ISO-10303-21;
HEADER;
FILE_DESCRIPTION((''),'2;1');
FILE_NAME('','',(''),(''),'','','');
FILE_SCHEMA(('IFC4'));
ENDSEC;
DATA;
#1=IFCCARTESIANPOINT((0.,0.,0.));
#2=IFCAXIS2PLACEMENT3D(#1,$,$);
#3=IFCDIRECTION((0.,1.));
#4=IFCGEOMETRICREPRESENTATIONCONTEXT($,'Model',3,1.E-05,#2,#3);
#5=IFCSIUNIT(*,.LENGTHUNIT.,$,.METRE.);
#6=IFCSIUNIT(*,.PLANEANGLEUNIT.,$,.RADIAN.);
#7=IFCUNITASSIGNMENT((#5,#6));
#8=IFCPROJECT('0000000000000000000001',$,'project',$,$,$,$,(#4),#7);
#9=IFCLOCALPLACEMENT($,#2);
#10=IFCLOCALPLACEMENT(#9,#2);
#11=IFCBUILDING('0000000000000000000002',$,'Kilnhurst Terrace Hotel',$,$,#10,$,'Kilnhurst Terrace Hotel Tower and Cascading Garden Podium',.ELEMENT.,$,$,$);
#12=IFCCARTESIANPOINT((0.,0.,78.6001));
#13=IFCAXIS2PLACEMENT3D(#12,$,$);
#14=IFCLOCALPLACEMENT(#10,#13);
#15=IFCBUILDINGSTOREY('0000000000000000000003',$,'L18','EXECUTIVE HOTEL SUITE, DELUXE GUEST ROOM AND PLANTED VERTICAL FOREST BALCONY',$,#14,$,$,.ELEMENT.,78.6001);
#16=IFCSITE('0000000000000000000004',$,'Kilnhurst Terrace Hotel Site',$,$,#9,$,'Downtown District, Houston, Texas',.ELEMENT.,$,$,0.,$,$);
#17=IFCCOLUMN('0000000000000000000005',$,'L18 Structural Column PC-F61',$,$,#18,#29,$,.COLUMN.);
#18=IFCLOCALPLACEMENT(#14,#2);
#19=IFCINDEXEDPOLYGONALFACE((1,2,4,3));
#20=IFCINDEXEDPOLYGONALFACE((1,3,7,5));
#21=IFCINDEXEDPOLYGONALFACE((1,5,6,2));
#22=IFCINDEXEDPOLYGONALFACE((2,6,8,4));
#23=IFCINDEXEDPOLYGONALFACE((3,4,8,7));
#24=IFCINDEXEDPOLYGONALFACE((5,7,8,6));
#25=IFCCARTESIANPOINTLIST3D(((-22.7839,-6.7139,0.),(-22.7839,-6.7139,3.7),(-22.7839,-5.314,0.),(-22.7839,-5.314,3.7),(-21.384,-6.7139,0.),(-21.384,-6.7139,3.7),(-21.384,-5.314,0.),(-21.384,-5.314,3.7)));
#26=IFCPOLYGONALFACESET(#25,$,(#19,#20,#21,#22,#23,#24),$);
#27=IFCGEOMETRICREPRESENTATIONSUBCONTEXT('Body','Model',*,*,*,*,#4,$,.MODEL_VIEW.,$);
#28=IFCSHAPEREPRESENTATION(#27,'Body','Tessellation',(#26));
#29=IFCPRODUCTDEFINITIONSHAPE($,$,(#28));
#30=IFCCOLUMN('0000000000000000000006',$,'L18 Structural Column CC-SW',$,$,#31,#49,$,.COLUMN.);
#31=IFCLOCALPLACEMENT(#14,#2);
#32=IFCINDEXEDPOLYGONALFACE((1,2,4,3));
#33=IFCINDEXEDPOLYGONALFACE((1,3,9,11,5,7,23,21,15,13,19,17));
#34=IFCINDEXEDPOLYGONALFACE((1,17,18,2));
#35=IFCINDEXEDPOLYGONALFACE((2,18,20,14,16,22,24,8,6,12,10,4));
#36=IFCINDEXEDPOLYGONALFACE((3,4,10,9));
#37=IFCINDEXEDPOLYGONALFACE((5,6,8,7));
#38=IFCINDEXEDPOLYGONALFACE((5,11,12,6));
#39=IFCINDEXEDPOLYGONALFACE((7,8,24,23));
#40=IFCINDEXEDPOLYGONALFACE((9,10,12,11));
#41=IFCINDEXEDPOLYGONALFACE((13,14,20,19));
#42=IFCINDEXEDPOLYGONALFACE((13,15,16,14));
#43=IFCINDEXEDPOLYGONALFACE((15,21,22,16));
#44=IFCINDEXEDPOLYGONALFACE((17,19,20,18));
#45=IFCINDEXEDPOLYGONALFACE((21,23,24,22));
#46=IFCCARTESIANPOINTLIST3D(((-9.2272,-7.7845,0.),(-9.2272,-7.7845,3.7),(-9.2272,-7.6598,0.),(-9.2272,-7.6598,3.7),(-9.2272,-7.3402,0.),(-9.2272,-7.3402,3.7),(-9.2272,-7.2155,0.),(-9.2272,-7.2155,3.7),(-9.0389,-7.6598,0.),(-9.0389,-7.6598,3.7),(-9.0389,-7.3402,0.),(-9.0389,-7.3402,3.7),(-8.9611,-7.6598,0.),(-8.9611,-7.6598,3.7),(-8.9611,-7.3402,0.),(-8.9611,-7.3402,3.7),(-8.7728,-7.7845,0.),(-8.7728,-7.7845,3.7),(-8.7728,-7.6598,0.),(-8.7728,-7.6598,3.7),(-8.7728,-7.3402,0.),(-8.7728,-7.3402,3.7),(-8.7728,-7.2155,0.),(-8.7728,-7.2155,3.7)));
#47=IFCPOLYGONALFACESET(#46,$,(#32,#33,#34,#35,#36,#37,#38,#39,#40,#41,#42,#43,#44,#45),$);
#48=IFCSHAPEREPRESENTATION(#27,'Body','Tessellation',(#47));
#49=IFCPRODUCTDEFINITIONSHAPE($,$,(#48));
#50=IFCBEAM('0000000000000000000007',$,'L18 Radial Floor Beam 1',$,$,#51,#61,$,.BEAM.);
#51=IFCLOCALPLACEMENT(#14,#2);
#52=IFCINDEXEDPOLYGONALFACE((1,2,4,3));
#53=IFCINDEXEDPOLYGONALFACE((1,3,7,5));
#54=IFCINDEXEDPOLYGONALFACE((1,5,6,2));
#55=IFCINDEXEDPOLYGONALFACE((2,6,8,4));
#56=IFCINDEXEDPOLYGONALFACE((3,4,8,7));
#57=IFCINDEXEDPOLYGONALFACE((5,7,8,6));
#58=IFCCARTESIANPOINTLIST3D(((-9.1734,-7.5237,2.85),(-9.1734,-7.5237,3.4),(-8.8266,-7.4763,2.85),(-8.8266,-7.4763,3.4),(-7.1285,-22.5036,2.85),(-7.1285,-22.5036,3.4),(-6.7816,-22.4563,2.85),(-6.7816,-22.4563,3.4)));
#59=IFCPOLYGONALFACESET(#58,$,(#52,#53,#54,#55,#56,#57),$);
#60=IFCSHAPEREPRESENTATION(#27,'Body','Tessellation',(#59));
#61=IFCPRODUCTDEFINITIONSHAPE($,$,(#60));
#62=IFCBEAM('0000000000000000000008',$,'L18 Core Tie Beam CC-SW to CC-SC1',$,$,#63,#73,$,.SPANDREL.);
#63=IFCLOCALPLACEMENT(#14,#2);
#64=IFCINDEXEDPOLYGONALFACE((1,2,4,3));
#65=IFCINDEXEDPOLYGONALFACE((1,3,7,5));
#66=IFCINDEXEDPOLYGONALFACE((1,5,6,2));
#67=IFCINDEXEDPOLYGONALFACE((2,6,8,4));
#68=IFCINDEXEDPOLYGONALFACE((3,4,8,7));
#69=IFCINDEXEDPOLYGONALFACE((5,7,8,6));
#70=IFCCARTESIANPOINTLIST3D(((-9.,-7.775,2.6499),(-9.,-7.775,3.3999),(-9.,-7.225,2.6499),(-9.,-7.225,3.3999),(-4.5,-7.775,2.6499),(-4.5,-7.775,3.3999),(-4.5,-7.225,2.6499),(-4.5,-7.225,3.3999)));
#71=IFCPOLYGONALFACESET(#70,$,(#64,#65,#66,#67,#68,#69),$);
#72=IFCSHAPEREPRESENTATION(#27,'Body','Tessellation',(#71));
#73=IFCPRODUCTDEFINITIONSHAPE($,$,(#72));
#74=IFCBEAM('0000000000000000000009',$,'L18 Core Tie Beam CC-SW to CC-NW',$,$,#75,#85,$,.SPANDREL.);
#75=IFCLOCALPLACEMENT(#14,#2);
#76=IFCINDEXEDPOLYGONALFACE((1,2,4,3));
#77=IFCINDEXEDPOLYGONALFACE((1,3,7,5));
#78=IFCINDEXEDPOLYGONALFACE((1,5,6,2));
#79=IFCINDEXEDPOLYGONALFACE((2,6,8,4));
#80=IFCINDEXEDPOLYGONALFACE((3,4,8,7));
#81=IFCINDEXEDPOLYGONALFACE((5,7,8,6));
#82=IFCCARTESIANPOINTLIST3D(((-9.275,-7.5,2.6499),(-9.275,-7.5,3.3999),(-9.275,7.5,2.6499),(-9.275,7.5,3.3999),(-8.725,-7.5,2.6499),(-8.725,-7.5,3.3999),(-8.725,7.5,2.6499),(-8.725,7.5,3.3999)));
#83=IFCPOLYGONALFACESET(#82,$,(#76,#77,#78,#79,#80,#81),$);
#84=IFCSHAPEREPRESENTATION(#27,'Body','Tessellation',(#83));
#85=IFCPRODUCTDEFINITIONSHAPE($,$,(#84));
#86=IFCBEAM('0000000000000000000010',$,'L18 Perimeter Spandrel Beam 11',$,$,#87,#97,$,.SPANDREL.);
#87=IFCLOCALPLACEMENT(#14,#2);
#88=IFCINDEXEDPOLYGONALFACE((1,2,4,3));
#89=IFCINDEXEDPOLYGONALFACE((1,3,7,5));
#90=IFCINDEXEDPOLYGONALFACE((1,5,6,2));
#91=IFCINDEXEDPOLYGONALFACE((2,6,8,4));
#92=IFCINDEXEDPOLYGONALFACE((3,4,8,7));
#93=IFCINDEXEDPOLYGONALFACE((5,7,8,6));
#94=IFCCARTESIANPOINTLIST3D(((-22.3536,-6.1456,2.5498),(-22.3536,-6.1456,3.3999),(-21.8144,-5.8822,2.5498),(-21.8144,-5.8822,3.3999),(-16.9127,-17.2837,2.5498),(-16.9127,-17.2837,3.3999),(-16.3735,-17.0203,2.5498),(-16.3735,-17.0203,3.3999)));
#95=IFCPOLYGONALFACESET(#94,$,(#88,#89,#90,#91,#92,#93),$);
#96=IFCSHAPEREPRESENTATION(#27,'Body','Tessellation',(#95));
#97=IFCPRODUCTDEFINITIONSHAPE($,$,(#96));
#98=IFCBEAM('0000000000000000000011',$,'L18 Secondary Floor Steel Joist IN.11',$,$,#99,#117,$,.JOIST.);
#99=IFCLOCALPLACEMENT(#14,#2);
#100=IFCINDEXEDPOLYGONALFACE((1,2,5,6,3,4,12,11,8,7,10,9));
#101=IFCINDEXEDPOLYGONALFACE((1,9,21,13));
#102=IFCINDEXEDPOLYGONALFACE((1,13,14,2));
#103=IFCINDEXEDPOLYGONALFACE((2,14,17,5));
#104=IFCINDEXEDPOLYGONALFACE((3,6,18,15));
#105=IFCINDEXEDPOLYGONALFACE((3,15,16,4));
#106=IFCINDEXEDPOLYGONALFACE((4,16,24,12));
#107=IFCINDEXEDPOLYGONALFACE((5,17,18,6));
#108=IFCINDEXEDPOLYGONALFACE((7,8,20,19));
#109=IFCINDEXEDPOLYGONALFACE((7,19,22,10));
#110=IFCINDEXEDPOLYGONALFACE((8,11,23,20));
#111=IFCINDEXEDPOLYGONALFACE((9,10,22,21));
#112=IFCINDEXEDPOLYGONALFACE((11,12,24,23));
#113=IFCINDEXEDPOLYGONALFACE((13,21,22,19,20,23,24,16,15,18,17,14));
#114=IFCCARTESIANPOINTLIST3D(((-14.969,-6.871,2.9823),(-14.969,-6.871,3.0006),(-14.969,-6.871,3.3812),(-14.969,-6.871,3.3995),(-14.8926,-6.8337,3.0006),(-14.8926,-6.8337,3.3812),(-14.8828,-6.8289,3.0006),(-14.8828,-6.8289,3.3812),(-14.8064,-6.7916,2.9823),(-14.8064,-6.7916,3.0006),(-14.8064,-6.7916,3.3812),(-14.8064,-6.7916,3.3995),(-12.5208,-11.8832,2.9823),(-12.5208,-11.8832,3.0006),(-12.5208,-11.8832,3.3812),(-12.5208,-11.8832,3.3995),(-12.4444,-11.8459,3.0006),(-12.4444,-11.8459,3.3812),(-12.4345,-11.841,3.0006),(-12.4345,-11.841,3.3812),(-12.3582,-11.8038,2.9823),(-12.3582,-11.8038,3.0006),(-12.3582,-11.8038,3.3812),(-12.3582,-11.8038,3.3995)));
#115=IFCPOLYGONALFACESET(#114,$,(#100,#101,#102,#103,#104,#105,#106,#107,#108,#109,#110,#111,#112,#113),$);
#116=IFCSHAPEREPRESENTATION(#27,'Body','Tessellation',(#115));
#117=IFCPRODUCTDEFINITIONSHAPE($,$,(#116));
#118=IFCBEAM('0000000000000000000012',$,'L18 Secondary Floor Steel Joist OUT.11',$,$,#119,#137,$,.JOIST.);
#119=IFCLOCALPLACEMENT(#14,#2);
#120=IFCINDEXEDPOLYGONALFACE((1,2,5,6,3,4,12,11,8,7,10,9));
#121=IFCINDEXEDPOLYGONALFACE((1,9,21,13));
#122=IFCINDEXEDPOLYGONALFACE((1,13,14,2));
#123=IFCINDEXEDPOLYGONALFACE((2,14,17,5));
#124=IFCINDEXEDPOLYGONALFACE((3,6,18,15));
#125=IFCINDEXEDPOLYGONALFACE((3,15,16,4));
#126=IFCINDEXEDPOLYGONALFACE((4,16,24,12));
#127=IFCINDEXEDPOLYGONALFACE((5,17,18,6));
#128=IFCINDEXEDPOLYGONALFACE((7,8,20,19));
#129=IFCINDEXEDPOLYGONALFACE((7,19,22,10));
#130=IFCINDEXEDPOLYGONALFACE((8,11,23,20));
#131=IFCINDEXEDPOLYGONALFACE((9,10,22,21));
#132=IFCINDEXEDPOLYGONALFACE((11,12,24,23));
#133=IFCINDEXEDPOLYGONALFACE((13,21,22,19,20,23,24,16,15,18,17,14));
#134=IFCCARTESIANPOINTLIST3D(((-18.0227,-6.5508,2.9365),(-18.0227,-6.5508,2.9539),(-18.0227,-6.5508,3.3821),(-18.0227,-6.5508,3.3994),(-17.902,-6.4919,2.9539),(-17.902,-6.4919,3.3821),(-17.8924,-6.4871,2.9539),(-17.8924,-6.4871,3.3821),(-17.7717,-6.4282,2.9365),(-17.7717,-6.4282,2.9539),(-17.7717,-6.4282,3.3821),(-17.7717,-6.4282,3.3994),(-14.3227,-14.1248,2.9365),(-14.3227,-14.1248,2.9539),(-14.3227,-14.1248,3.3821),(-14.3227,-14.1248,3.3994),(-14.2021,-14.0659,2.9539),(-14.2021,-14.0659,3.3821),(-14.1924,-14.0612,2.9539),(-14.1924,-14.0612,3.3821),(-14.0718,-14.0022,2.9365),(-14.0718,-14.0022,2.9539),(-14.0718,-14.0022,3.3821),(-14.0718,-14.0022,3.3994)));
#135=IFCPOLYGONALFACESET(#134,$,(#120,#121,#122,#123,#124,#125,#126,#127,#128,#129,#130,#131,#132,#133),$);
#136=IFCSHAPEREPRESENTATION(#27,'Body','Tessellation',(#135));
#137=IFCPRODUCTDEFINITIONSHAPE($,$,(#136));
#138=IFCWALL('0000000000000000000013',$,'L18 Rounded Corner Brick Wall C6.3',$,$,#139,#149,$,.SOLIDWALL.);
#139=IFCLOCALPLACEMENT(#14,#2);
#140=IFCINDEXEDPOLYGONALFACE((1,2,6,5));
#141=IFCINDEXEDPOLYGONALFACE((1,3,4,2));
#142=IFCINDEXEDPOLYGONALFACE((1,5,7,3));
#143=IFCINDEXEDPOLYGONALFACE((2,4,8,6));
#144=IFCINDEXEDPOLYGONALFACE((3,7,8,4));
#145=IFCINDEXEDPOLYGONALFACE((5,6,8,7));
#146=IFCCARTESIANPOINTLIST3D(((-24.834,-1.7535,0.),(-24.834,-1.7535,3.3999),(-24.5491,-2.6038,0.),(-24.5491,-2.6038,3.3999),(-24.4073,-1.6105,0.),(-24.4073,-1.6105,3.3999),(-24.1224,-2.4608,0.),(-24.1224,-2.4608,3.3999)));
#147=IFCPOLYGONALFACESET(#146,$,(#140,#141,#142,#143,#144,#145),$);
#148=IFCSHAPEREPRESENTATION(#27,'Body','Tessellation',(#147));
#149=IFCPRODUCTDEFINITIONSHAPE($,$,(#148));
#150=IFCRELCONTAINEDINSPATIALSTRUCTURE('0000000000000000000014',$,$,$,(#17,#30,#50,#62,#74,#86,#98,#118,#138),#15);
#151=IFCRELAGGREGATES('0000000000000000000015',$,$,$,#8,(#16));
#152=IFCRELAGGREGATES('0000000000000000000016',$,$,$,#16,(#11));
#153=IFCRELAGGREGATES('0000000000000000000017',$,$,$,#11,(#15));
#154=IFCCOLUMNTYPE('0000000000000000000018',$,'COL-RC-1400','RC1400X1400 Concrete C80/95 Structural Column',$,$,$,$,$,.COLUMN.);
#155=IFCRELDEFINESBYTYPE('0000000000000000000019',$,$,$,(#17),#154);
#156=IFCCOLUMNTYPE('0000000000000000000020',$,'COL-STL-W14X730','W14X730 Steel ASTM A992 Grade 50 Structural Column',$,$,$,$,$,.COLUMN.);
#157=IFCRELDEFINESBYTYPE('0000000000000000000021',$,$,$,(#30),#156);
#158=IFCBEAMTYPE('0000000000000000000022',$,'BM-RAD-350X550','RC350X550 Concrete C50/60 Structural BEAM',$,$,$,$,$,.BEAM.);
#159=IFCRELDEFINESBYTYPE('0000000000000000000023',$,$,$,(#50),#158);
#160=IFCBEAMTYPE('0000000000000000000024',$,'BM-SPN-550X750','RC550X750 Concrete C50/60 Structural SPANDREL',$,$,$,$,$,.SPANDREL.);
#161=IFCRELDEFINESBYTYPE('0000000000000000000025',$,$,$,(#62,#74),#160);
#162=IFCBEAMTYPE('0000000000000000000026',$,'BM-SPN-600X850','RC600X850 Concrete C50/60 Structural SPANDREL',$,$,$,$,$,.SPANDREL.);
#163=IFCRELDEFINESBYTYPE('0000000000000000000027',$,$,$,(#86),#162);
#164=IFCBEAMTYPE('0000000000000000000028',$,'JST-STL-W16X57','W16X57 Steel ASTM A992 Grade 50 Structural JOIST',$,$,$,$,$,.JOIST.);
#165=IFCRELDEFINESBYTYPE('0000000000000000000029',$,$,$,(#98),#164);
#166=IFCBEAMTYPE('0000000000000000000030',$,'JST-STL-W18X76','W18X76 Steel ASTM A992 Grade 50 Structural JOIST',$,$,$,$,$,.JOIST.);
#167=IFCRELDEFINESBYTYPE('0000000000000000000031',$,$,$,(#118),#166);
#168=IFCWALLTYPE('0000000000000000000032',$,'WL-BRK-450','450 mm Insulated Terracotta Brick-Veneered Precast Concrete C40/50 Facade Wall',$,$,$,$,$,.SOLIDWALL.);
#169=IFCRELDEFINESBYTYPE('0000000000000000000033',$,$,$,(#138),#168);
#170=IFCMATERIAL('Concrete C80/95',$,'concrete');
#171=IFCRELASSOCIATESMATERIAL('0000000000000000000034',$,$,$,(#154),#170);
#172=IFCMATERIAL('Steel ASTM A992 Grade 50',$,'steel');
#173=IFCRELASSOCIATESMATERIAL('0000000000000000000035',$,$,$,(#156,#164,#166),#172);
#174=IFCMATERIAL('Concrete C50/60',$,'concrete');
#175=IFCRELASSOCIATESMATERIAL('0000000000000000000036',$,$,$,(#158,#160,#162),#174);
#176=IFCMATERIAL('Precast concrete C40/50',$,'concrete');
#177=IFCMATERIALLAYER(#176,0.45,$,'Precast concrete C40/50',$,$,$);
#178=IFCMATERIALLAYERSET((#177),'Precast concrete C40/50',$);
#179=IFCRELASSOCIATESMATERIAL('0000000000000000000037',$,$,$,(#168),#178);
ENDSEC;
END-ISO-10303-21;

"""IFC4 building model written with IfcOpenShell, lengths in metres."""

from ifc_helpers import new_model, si_unit, direction, frame, frame_2d, origin, origin_2d, place, context, subcontext, project, spatial, rectangle, i_section, extrude, material, layer, layer_set, material_profile, profile_set, type_object, element, save


model = new_model("IFC4")

# Units and contexts
model_context = context("Model", 3, precision=1e-05, world=origin(), true_north=direction((0.0, 1.0)))
body_context = subcontext(model_context, "Body", "Model", "MODEL_VIEW")
ifc_project = project(units=[si_unit("LENGTHUNIT", "METRE"), si_unit("PLANEANGLEUNIT", "RADIAN")], contexts=[model_context])

# Site, building, storey
site_placement = place(None, origin())
site = spatial("IfcSite", under=ifc_project, at=site_placement, Name="Kilnhurst Terrace Hotel Site", LongName="Downtown District, Houston, Texas", CompositionType="ELEMENT", RefElevation=0.0)
building_placement = place(site_placement, origin())
building = spatial("IfcBuilding", under=site, at=building_placement, Name="Kilnhurst Terrace Hotel", LongName="Kilnhurst Terrace Hotel Tower and Cascading Garden Podium", CompositionType="ELEMENT")
storey_placement = place(building_placement, frame((0.0, 0.0, 78.6001)))
storey = spatial("IfcBuildingStorey", under=building, at=storey_placement, Name="L18", Description="EXECUTIVE HOTEL SUITE, DELUXE GUEST ROOM AND PLANTED VERTICAL FOREST BALCONY", CompositionType="ELEMENT", Elevation=78.6001)

# Columns
ifc_material_1 = material(Name="Concrete C80/95", Category="concrete")
ifc_material_profile_1 = material_profile(ifc_material_1, rectangle(XDim=1.3999, YDim=1.3999, at=origin_2d()), Name="RC1400X1400")
ifc_profile_set_1 = profile_set([ifc_material_profile_1], Name="Concrete C80/95")
column_type_1 = type_object("IfcColumnType", Name="COL-RC-1400", Description="RC1400X1400 Concrete C80/95 Structural Column", PredefinedType="COLUMN", material=ifc_profile_set_1)
column_1_placement = place(storey_placement, frame((-22.084, -6.0139, 0.0), z_axis=(0.0, 0.0, 1.0), x_axis=(1.0, 0.0, 0.0)))
element("IfcColumn", 1, at=column_1_placement, inside=storey, type_object=column_type_1, Name="L18 Structural Column PC-F61", PredefinedType="COLUMN", context=body_context, shape_type="SweptSolid", body=[
    extrude(rectangle(XDim=1.3999, YDim=1.3999, at=origin_2d()), origin(), (0.0, 0.0, 1.0), 3.7),
])
ifc_material_2 = material(Name="Steel ASTM A992 Grade 50", Category="steel")
ifc_material_profile_2 = material_profile(ifc_material_2, i_section(OverallWidth=0.4543, OverallDepth=0.5691, WebThickness=0.0779, FlangeThickness=0.1248, at=origin_2d()), Name="W14X730")
ifc_profile_set_2 = profile_set([ifc_material_profile_2], Name="Steel ASTM A992 Grade 50")
column_type_2 = type_object("IfcColumnType", Name="COL-STL-W14X730", Description="W14X730 Steel ASTM A992 Grade 50 Structural Column", PredefinedType="COLUMN", material=ifc_profile_set_2)
column_2_placement = place(storey_placement, frame((-9.0, -7.5, 0.0), z_axis=(0.0, 0.0, 1.0), x_axis=(1.0, 0.0, 0.0)))
element("IfcColumn", 2, at=column_2_placement, inside=storey, type_object=column_type_2, Name="L18 Structural Column CC-SW", PredefinedType="COLUMN", context=body_context, shape_type="SweptSolid", body=[
    extrude(i_section(OverallWidth=0.4543, OverallDepth=0.5691, WebThickness=0.0779, FlangeThickness=0.1248, at=origin_2d()), origin(), (0.0, 0.0, 1.0), 3.7),
])

# Beams
ifc_material_3 = material(Name="Concrete C50/60", Category="concrete")
ifc_material_profile_3 = material_profile(ifc_material_3, rectangle(XDim=0.3501, YDim=0.55, at=origin_2d()), Name="RC350X550")
ifc_profile_set_3 = profile_set([ifc_material_profile_3], Name="Concrete C50/60")
beam_type_1 = type_object("IfcBeamType", Name="BM-RAD-350X550", Description="RC350X550 Concrete C50/60 Structural BEAM", PredefinedType="BEAM", material=ifc_profile_set_3)
beam_1_placement = place(storey_placement, frame((-9.0, -7.5, 3.125), z_axis=(0.135256, -0.990811, 0.0), x_axis=(0.990811, 0.135256, 0.0)))
element("IfcBeam", 3, at=beam_1_placement, inside=storey, type_object=beam_type_1, Name="L18 Radial Floor Beam 1", PredefinedType="BEAM", context=body_context, shape_type="SweptSolid", body=[
    extrude(rectangle(XDim=0.3501, YDim=0.55, at=origin_2d()), origin(), (0.0, 0.0, 1.0), 15.1189),
])
ifc_material_profile_4 = material_profile(ifc_material_3, rectangle(XDim=0.55, YDim=0.75, at=origin_2d()), Name="RC550X750")
ifc_profile_set_4 = profile_set([ifc_material_profile_4], Name="Concrete C50/60")
beam_type_2 = type_object("IfcBeamType", Name="BM-SPN-550X750", Description="RC550X750 Concrete C50/60 Structural SPANDREL", PredefinedType="SPANDREL", material=ifc_profile_set_4)
beam_2_placement = place(storey_placement, frame((-9.0, -7.5, 3.0249), z_axis=(1.0, 0.0, 0.0), x_axis=(0.0, 1.0, 0.0)))
element("IfcBeam", 4, at=beam_2_placement, inside=storey, type_object=beam_type_2, Name="L18 Core Tie Beam CC-SW to CC-SC1", PredefinedType="SPANDREL", context=body_context, shape_type="SweptSolid", body=[
    extrude(rectangle(XDim=0.55, YDim=0.75, at=origin_2d()), origin(), (0.0, 0.0, 1.0), 4.5),
])
beam_3_placement = place(storey_placement, frame((-9.0, -7.5, 3.0249), z_axis=(0.0, 1.0, 0.0), x_axis=(-1.0, 0.0, 0.0)))
element("IfcBeam", 5, at=beam_3_placement, inside=storey, type_object=beam_type_2, Name="L18 Core Tie Beam CC-SW to CC-NW", PredefinedType="SPANDREL", context=body_context, shape_type="SweptSolid", body=[
    extrude(rectangle(XDim=0.55, YDim=0.75, at=origin_2d()), origin(), (0.0, 0.0, 1.0), 15.0),
])
ifc_material_profile_5 = material_profile(ifc_material_3, rectangle(XDim=0.6001, YDim=0.8501, at=origin_2d()), Name="RC600X850")
ifc_profile_set_5 = profile_set([ifc_material_profile_5], Name="Concrete C50/60")
beam_type_3 = type_object("IfcBeamType", Name="BM-SPN-600X850", Description="RC600X850 Concrete C50/60 Structural SPANDREL", PredefinedType="SPANDREL", material=ifc_profile_set_5)
beam_4_placement = place(storey_placement, frame((-22.084, -6.0139, 2.9749), z_axis=(0.438923, -0.898525, 0.0), x_axis=(0.898525, 0.438923, 0.0)))
element("IfcBeam", 6, at=beam_4_placement, inside=storey, type_object=beam_type_3, Name="L18 Perimeter Spandrel Beam 11", PredefinedType="SPANDREL", context=body_context, shape_type="SweptSolid", body=[
    extrude(rectangle(XDim=0.6001, YDim=0.8501, at=origin_2d()), origin(), (0.0, 0.0, 1.0), 12.396),
])
ifc_material_profile_6 = material_profile(ifc_material_2, i_section(OverallWidth=0.1809, OverallDepth=0.4172, WebThickness=0.011, FlangeThickness=0.0183, at=origin_2d()), Name="W16X57")
ifc_profile_set_6 = profile_set([ifc_material_profile_6], Name="Steel ASTM A992 Grade 50")
beam_type_4 = type_object("IfcBeamType", Name="JST-STL-W16X57", Description="W16X57 Steel ASTM A992 Grade 50 Structural JOIST", PredefinedType="JOIST", material=ifc_profile_set_6)
beam_5_placement = place(storey_placement, frame((-14.8877, -6.8313, 3.1909), z_axis=(0.438896, -0.898538, 0.0), x_axis=(0.898538, 0.438896, 0.0)))
element("IfcBeam", 7, at=beam_5_placement, inside=storey, type_object=beam_type_4, Name="L18 Secondary Floor Steel Joist IN.11", PredefinedType="JOIST", context=body_context, shape_type="SweptSolid", body=[
    extrude(i_section(OverallWidth=0.1809, OverallDepth=0.4172, WebThickness=0.011, FlangeThickness=0.0183, at=origin_2d()), origin(), (0.0, 0.0, 1.0), 5.5781),
])
ifc_material_profile_7 = material_profile(ifc_material_2, i_section(OverallWidth=0.2793, OverallDepth=0.4629, WebThickness=0.0107, FlangeThickness=0.0173, at=origin_2d()), Name="W18X76")
ifc_profile_set_7 = profile_set([ifc_material_profile_7], Name="Steel ASTM A992 Grade 50")
beam_type_5 = type_object("IfcBeamType", Name="JST-STL-W18X76", Description="W18X76 Steel ASTM A992 Grade 50 Structural JOIST", PredefinedType="JOIST", material=ifc_profile_set_7)
beam_6_placement = place(storey_placement, frame((-17.8972, -6.4895, 3.168), z_axis=(0.438934, -0.898519, 0.0), x_axis=(0.898519, 0.438934, 0.0)))
element("IfcBeam", 8, at=beam_6_placement, inside=storey, type_object=beam_type_5, Name="L18 Secondary Floor Steel Joist OUT.11", PredefinedType="JOIST", context=body_context, shape_type="SweptSolid", body=[
    extrude(i_section(OverallWidth=0.2793, OverallDepth=0.4629, WebThickness=0.0107, FlangeThickness=0.0173, at=origin_2d()), origin(), (0.0, 0.0, 1.0), 8.4294),
])

# Wall
ifc_material_4 = material(Name="Precast concrete C40/50", Category="concrete")
ifc_layer_1 = layer(ifc_material_4, 0.45, Name="Precast concrete C40/50")
ifc_layer_set_1 = layer_set([ifc_layer_1], Name="Precast concrete C40/50")
wall_type_1 = type_object("IfcWallType", Name="WL-BRK-450", Description="450 mm Insulated Terracotta Brick-Veneered Precast Concrete C40/50 Facade Wall", PredefinedType="SOLIDWALL", material=ifc_layer_set_1)
wall_1_placement = place(storey_placement, frame((-24.6206, -1.6821, 0.0), z_axis=(0.0, 0.0, 1.0), x_axis=(0.317697, -0.948192, 0.0)))
element("IfcWall", 9, at=wall_1_placement, inside=storey, type_object=wall_type_1, Name="L18 Rounded Corner Brick Wall C6.3", PredefinedType="SOLIDWALL", context=body_context, shape_type="SweptSolid", body=[
    extrude(rectangle(XDim=0.8967, YDim=0.45, at=frame_2d((0.4482, 0.0))), origin(), (0.0, 0.0, 1.0), 3.3999),
])

save(model, "model.ifc")
